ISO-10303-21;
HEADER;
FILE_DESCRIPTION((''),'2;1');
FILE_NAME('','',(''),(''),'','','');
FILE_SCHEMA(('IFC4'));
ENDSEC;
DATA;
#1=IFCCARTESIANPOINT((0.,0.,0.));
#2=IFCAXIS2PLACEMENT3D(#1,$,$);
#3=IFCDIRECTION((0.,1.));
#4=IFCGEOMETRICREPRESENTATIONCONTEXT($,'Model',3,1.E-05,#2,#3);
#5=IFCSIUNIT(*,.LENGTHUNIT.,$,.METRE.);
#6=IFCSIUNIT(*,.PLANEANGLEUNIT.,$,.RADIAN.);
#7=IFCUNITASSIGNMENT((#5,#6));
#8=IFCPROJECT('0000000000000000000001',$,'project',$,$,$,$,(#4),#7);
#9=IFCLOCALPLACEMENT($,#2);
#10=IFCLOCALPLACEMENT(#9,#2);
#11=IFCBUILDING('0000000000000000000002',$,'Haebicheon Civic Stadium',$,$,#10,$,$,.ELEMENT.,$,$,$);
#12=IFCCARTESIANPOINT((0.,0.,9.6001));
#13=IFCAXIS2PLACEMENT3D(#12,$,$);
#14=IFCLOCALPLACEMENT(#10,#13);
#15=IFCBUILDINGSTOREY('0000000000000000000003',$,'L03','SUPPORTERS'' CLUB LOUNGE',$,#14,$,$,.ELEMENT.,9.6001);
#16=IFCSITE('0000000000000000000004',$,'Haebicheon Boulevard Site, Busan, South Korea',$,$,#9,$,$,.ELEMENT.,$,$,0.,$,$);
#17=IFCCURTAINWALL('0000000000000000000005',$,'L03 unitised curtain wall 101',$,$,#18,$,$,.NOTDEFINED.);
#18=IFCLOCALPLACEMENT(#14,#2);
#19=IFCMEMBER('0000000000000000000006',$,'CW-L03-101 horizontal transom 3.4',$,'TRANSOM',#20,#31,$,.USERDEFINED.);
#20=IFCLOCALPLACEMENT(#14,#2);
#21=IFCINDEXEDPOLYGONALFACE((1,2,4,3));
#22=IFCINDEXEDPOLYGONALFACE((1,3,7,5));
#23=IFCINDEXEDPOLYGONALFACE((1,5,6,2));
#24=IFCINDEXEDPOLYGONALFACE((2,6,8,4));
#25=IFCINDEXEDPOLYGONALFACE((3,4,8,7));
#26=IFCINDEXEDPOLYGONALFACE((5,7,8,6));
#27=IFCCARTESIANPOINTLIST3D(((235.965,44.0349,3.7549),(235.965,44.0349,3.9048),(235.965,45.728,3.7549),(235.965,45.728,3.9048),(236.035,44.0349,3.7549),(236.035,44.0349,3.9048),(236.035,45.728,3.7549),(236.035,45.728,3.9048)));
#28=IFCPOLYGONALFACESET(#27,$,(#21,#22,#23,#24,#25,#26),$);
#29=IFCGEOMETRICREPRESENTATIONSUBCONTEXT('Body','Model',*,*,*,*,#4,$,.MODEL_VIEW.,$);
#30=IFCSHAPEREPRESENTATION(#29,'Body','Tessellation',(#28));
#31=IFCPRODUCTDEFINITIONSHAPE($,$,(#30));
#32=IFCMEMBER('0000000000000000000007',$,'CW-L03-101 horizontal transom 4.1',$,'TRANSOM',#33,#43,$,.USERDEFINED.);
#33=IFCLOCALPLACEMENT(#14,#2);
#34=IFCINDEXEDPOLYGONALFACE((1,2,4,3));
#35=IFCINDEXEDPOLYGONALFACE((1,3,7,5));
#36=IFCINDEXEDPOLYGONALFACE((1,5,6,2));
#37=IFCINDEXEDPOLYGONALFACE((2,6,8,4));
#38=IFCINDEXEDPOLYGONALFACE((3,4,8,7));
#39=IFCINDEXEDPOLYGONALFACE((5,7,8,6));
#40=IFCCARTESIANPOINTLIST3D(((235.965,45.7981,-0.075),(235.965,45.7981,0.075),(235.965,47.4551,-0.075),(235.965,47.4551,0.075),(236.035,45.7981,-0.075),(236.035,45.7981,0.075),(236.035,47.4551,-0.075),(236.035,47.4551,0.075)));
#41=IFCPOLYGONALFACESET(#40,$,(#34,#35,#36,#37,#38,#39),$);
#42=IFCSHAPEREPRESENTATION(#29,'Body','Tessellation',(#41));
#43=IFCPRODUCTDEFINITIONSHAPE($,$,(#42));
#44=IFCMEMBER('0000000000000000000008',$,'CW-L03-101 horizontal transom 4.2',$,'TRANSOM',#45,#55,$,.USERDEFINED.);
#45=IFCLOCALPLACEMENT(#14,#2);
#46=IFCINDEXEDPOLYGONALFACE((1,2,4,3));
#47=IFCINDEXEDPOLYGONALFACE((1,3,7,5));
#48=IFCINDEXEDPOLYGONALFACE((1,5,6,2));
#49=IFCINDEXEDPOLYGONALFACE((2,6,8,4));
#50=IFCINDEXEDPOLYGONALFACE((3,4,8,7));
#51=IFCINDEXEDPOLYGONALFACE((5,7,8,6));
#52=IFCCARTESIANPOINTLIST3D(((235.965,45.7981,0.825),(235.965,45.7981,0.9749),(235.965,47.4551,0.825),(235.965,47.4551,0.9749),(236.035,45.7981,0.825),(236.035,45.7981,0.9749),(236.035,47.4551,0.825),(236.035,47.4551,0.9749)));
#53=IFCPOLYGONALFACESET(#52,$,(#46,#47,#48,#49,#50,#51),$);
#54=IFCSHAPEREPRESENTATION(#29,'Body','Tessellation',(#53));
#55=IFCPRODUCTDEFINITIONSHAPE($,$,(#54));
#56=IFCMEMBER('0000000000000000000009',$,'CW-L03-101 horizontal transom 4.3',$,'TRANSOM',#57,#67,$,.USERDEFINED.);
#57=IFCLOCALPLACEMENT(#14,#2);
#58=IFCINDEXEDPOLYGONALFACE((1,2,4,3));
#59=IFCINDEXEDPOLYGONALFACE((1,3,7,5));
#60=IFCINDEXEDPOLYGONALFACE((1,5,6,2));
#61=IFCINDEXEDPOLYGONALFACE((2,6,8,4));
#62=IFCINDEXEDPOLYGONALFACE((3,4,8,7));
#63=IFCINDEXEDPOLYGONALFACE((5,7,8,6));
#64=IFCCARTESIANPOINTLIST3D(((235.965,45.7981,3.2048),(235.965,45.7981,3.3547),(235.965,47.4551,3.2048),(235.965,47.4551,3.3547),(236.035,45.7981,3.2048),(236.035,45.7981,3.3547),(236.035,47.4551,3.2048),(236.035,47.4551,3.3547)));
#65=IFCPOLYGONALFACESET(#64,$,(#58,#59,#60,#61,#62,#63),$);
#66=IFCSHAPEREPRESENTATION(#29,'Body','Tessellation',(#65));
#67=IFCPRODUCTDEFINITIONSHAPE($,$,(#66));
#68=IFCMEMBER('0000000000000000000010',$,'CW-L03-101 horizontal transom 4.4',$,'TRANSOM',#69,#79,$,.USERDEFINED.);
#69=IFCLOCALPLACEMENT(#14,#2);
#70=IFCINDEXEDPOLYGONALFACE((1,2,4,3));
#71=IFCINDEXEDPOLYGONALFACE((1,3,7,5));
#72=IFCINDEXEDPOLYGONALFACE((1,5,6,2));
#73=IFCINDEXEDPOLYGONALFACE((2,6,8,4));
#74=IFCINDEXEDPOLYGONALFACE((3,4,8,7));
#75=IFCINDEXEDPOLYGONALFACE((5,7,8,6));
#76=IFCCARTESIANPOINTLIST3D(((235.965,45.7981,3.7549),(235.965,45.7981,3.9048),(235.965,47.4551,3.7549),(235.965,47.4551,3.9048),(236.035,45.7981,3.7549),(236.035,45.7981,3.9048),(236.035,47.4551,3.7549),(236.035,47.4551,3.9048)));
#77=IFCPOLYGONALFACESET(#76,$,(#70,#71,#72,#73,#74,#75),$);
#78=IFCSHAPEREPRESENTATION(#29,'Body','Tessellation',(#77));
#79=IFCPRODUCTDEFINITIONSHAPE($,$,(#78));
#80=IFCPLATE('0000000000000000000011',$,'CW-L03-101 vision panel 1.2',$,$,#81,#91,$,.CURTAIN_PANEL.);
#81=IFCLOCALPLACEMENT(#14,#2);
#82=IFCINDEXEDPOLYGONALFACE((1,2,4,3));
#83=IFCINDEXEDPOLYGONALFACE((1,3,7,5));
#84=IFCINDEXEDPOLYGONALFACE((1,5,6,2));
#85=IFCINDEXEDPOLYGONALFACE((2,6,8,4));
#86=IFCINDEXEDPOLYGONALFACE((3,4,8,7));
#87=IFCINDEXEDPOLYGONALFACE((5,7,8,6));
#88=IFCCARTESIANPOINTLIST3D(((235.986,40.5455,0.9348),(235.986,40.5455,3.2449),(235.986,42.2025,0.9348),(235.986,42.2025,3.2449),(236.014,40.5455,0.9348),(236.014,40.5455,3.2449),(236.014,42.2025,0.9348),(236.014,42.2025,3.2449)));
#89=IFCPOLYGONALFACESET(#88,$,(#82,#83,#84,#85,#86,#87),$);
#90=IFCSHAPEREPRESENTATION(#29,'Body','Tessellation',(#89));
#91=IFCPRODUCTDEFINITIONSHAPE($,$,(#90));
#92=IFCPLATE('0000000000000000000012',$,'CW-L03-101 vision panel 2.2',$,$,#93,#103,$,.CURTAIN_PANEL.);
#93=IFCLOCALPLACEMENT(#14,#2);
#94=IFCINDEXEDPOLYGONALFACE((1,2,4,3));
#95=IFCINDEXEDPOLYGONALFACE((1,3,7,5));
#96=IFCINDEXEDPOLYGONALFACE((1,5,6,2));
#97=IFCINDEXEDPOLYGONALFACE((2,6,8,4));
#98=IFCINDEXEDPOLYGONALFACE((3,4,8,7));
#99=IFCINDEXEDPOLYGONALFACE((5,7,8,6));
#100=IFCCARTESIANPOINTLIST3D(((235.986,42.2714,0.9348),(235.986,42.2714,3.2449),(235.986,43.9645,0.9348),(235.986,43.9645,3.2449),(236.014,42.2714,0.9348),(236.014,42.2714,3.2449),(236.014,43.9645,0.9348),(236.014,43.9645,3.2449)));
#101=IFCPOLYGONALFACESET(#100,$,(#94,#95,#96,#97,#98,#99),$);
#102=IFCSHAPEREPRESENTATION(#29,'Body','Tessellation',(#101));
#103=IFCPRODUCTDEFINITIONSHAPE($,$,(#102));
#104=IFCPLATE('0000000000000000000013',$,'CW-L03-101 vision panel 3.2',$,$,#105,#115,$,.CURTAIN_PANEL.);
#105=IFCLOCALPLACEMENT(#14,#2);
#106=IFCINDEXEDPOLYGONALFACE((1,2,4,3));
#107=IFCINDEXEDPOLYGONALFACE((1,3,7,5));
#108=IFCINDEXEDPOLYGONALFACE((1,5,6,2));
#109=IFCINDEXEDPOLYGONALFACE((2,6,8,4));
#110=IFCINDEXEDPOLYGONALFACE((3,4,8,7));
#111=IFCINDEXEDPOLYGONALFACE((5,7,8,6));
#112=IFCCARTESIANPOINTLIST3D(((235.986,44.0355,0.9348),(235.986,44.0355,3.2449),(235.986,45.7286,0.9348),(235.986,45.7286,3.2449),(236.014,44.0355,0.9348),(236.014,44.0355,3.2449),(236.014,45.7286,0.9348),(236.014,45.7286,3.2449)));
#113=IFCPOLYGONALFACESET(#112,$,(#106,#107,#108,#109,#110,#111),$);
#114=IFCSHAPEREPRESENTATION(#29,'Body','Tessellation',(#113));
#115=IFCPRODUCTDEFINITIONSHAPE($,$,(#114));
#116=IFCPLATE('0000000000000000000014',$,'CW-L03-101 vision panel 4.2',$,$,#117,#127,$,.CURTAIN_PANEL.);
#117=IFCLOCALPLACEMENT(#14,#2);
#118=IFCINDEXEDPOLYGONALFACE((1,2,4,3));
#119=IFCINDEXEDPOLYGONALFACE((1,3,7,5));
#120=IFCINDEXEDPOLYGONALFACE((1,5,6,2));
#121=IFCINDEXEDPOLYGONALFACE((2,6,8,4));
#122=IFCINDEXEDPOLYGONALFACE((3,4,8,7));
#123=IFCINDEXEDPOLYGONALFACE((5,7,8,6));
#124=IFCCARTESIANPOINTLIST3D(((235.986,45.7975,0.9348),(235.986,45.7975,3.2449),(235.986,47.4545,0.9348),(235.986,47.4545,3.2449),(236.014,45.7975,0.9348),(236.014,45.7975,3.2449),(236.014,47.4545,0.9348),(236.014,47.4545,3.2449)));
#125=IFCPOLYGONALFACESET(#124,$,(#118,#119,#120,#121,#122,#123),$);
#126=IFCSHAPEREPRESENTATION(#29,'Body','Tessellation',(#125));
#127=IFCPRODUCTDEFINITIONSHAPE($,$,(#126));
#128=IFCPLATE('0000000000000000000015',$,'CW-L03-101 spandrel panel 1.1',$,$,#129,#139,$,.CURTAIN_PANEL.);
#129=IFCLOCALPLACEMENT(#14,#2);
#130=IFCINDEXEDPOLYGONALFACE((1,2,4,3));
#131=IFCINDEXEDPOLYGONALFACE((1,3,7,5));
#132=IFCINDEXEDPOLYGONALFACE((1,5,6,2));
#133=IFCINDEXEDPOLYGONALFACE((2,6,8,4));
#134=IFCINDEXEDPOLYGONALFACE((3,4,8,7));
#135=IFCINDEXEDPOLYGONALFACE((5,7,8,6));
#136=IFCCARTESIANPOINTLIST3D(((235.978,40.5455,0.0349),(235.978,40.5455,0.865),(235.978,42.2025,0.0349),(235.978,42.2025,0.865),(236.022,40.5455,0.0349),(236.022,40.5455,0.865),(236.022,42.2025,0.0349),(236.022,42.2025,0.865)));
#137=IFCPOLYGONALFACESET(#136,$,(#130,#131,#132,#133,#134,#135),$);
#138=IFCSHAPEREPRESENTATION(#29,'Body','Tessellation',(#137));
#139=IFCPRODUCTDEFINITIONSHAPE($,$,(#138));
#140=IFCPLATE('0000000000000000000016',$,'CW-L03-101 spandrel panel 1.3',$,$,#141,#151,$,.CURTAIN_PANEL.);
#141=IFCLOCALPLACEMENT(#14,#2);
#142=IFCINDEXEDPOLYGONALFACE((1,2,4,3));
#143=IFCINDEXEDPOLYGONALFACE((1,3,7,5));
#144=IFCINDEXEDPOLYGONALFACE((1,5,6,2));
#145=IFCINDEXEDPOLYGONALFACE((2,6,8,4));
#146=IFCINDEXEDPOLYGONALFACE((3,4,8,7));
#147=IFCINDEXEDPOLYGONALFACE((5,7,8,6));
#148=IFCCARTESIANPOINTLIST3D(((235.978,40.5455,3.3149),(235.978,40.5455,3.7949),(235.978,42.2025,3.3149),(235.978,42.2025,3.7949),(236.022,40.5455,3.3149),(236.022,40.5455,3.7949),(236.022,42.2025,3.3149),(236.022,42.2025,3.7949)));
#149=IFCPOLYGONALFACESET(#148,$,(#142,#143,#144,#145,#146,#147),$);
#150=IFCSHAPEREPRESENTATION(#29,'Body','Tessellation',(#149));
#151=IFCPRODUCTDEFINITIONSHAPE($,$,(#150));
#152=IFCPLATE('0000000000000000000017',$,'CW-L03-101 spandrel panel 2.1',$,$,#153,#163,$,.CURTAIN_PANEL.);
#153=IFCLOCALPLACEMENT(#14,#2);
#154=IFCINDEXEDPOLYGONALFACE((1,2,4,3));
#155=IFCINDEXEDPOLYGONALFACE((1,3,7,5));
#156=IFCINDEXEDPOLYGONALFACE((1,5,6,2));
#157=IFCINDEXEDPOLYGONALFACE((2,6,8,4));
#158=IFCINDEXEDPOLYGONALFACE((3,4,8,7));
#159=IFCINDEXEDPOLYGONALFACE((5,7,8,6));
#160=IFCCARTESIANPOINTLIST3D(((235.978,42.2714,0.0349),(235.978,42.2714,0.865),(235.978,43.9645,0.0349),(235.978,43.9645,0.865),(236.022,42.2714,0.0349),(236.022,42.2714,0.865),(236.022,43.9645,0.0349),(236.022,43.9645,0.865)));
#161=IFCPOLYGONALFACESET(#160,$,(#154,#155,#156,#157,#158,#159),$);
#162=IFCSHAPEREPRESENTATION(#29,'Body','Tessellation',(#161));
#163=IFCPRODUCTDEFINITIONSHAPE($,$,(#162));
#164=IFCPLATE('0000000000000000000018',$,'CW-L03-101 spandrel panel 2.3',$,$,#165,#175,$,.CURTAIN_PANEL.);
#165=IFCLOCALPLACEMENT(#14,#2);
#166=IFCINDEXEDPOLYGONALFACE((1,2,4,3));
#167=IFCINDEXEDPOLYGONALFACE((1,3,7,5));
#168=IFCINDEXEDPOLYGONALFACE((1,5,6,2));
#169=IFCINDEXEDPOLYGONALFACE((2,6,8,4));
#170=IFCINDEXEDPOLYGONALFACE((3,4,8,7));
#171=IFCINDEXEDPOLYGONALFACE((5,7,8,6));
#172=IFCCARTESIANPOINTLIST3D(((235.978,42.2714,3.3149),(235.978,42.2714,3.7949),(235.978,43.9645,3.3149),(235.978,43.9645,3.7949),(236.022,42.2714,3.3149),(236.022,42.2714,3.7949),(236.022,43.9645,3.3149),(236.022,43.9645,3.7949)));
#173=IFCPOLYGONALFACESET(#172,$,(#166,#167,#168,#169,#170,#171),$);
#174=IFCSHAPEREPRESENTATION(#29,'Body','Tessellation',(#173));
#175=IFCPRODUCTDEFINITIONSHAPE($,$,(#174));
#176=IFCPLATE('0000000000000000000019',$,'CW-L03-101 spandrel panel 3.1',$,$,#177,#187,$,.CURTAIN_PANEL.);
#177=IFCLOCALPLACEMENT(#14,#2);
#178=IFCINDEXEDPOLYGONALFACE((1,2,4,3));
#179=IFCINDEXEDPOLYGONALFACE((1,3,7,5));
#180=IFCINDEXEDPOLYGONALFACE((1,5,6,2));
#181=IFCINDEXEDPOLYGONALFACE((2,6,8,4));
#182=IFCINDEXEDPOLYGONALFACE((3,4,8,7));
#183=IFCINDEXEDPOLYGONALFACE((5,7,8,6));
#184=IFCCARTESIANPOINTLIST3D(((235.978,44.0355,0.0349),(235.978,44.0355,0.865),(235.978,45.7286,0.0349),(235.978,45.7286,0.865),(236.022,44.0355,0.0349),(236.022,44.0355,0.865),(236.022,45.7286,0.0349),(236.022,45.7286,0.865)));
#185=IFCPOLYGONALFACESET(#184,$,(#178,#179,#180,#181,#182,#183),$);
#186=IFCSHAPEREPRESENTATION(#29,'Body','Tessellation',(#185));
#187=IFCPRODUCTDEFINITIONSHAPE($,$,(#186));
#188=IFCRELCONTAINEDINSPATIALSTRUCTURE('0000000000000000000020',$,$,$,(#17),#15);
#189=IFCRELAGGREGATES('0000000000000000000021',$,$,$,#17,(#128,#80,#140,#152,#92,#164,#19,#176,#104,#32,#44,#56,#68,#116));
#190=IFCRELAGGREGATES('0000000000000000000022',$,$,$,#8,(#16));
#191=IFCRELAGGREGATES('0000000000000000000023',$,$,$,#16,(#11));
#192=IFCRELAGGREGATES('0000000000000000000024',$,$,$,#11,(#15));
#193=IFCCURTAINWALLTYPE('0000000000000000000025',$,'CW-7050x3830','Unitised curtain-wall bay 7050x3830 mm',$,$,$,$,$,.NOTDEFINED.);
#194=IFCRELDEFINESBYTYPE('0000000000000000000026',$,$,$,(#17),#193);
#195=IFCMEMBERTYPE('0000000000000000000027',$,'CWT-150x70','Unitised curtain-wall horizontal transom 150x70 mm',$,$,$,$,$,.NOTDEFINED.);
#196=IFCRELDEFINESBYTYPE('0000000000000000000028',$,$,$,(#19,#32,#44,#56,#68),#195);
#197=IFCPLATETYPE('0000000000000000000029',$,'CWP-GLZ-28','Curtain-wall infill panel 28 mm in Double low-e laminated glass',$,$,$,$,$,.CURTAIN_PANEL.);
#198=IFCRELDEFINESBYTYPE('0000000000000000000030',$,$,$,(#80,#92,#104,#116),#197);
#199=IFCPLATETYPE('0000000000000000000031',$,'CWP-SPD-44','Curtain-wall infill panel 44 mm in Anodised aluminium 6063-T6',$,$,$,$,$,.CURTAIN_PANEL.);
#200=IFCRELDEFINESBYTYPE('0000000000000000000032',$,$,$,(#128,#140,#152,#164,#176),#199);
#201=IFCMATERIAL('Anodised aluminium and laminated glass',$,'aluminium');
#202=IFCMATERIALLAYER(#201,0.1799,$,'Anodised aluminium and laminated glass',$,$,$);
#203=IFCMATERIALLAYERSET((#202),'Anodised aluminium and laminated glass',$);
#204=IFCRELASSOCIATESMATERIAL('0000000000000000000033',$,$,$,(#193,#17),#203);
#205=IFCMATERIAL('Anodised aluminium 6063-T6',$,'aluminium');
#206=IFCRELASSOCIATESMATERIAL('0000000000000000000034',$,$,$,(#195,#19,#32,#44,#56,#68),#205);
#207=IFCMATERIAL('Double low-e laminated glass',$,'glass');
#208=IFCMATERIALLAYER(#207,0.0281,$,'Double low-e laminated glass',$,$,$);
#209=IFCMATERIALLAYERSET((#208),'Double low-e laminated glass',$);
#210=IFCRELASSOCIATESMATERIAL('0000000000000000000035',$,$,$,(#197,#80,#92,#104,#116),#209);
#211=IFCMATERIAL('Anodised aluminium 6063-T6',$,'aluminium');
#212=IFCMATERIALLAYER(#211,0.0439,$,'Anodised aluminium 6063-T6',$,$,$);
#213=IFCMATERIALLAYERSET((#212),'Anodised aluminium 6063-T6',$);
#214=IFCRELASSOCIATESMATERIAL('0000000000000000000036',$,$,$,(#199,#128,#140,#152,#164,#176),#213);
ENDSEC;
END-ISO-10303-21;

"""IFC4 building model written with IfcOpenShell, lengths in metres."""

from ifc_helpers import new_model, si_unit, direction, frame, origin, origin_2d, place, context, subcontext, project, spatial, rectangle, extrude, material, layer, layer_set, material_profile, profile_set, type_object, element, aggregate, save


model = new_model("IFC4")

# Units and contexts
model_context = context("Model", 3, precision=1e-05, world=origin(), true_north=direction((0.0, 1.0)))
body_context = subcontext(model_context, "Body", "Model", "MODEL_VIEW")
ifc_project = project(units=[si_unit("LENGTHUNIT", "METRE"), si_unit("PLANEANGLEUNIT", "RADIAN")], contexts=[model_context])

# Site, building, storey
site_placement = place(None, origin())
site = spatial("IfcSite", under=ifc_project, at=site_placement, Name="Haebicheon Boulevard Site, Busan, South Korea", CompositionType="ELEMENT", RefElevation=0.0)
building_placement = place(site_placement, origin())
building = spatial("IfcBuilding", under=site, at=building_placement, Name="Haebicheon Civic Stadium", CompositionType="ELEMENT")
storey_placement = place(building_placement, frame((0.0, 0.0, 9.6001)))
storey = spatial("IfcBuildingStorey", under=building, at=storey_placement, Name="L03", Description="SUPPORTERS' CLUB LOUNGE", CompositionType="ELEMENT", Elevation=9.6001)

# Curtain wall, members, plates
ifc_material_1 = material(Name="Anodised aluminium and laminated glass", Category="aluminium")
ifc_layer_1 = layer(ifc_material_1, 0.1799, Name="Anodised aluminium and laminated glass")
ifc_layer_set_1 = layer_set([ifc_layer_1], Name="Anodised aluminium and laminated glass")
curtain_wall_type = type_object("IfcCurtainWallType", Name="CW-7050x3830", Description="Unitised curtain-wall bay 7050x3830 mm", PredefinedType="NOTDEFINED", material=ifc_layer_set_1)
curtain_wall_placement = place(storey_placement, origin())
curtain_wall = element("IfcCurtainWall", 1, at=curtain_wall_placement, inside=storey, type_object=curtain_wall_type, material=ifc_layer_set_1, Name="L03 unitised curtain wall 101", PredefinedType="NOTDEFINED")
ifc_material_2 = material(Name="Anodised aluminium 6063-T6", Category="aluminium")
ifc_material_profile_1 = material_profile(ifc_material_2, rectangle(XDim=0.0701, YDim=0.1499, at=origin_2d()), Name="ALU-TRAN-70x150")
ifc_profile_set_1 = profile_set([ifc_material_profile_1], Name="Anodised aluminium 6063-T6")
member_type_1 = type_object("IfcMemberType", Name="CWT-150x70", Description="Unitised curtain-wall horizontal transom 150x70 mm", PredefinedType="NOTDEFINED", material=ifc_profile_set_1)
member_1_placement = place(storey_placement, frame((236.0, 44.0349, 3.8298), z_axis=(0.0, 1.0, 0.0), x_axis=(-1.0, 0.0, 0.0)))
member_1 = element("IfcMember", 2, at=member_1_placement, type_object=member_type_1, material=ifc_profile_set_1, Name="CW-L03-101 horizontal transom 3.4", ObjectType="TRANSOM", PredefinedType="USERDEFINED", context=body_context, shape_type="SweptSolid", body=[
    extrude(rectangle(XDim=0.0701, YDim=0.1499, at=origin_2d()), origin(), (0.0, 0.0, 1.0), 1.6931),
])
member_2_placement = place(storey_placement, frame((236.0, 45.7981, 0.0), z_axis=(0.0, 1.0, 0.0), x_axis=(-1.0, 0.0, 0.0)))
member_2 = element("IfcMember", 3, at=member_2_placement, type_object=member_type_1, material=ifc_profile_set_1, Name="CW-L03-101 horizontal transom 4.1", ObjectType="TRANSOM", PredefinedType="USERDEFINED", context=body_context, shape_type="SweptSolid", body=[
    extrude(rectangle(XDim=0.0701, YDim=0.1499, at=origin_2d()), origin(), (0.0, 0.0, 1.0), 1.657),
])
member_3_placement = place(storey_placement, frame((236.0, 45.7981, 0.8999), z_axis=(0.0, 1.0, 0.0), x_axis=(-1.0, 0.0, 0.0)))
member_3 = element("IfcMember", 4, at=member_3_placement, type_object=member_type_1, material=ifc_profile_set_1, Name="CW-L03-101 horizontal transom 4.2", ObjectType="TRANSOM", PredefinedType="USERDEFINED", context=body_context, shape_type="SweptSolid", body=[
    extrude(rectangle(XDim=0.0701, YDim=0.1499, at=origin_2d()), origin(), (0.0, 0.0, 1.0), 1.657),
])
member_4_placement = place(storey_placement, frame((236.0, 45.7981, 3.2798), z_axis=(0.0, 1.0, 0.0), x_axis=(-1.0, 0.0, 0.0)))
member_4 = element("IfcMember", 5, at=member_4_placement, type_object=member_type_1, material=ifc_profile_set_1, Name="CW-L03-101 horizontal transom 4.3", ObjectType="TRANSOM", PredefinedType="USERDEFINED", context=body_context, shape_type="SweptSolid", body=[
    extrude(rectangle(XDim=0.0701, YDim=0.1499, at=origin_2d()), origin(), (0.0, 0.0, 1.0), 1.657),
])
member_5_placement = place(storey_placement, frame((236.0, 45.7981, 3.8298), z_axis=(0.0, 1.0, 0.0), x_axis=(-1.0, 0.0, 0.0)))
member_5 = element("IfcMember", 6, at=member_5_placement, type_object=member_type_1, material=ifc_profile_set_1, Name="CW-L03-101 horizontal transom 4.4", ObjectType="TRANSOM", PredefinedType="USERDEFINED", context=body_context, shape_type="SweptSolid", body=[
    extrude(rectangle(XDim=0.0701, YDim=0.1499, at=origin_2d()), origin(), (0.0, 0.0, 1.0), 1.657),
])
ifc_material_3 = material(Name="Double low-e laminated glass", Category="glass")
ifc_layer_2 = layer(ifc_material_3, 0.0281, Name="Double low-e laminated glass")
ifc_layer_set_2 = layer_set([ifc_layer_2], Name="Double low-e laminated glass")
plate_type_1 = type_object("IfcPlateType", Name="CWP-GLZ-28", Description="Curtain-wall infill panel 28 mm in Double low-e laminated glass", PredefinedType="CURTAIN_PANEL", material=ifc_layer_set_2)
plate_1_placement = place(storey_placement, frame((236.0, 41.374, 0.9348), z_axis=(0.0, 0.0, 1.0), x_axis=(0.0, 1.0, 0.0)))
plate_1 = element("IfcPlate", 7, at=plate_1_placement, type_object=plate_type_1, material=ifc_layer_set_2, Name="CW-L03-101 vision panel 1.2", PredefinedType="CURTAIN_PANEL", context=body_context, shape_type="SweptSolid", body=[
    extrude(rectangle(XDim=1.657, YDim=0.0281, at=origin_2d()), origin(), (0.0, 0.0, 1.0), 2.3101),
])
plate_2_placement = place(storey_placement, frame((236.0, 43.1179, 0.9348), z_axis=(0.0, 0.0, 1.0), x_axis=(0.0, 1.0, 0.0)))
plate_2 = element("IfcPlate", 8, at=plate_2_placement, type_object=plate_type_1, material=ifc_layer_set_2, Name="CW-L03-101 vision panel 2.2", PredefinedType="CURTAIN_PANEL", context=body_context, shape_type="SweptSolid", body=[
    extrude(rectangle(XDim=1.6931, YDim=0.0281, at=origin_2d()), origin(), (0.0, 0.0, 1.0), 2.3101),
])
plate_3_placement = place(storey_placement, frame((236.0, 44.8821, 0.9348), z_axis=(0.0, 0.0, 1.0), x_axis=(0.0, 1.0, 0.0)))
plate_3 = element("IfcPlate", 9, at=plate_3_placement, type_object=plate_type_1, material=ifc_layer_set_2, Name="CW-L03-101 vision panel 3.2", PredefinedType="CURTAIN_PANEL", context=body_context, shape_type="SweptSolid", body=[
    extrude(rectangle(XDim=1.6931, YDim=0.0281, at=origin_2d()), origin(), (0.0, 0.0, 1.0), 2.3101),
])
plate_4_placement = place(storey_placement, frame((236.0, 46.626, 0.9348), z_axis=(0.0, 0.0, 1.0), x_axis=(0.0, 1.0, 0.0)))
plate_4 = element("IfcPlate", 10, at=plate_4_placement, type_object=plate_type_1, material=ifc_layer_set_2, Name="CW-L03-101 vision panel 4.2", PredefinedType="CURTAIN_PANEL", context=body_context, shape_type="SweptSolid", body=[
    extrude(rectangle(XDim=1.657, YDim=0.0281, at=origin_2d()), origin(), (0.0, 0.0, 1.0), 2.3101),
])
ifc_material_4 = material(Name="Anodised aluminium 6063-T6", Category="aluminium")
ifc_layer_3 = layer(ifc_material_4, 0.0439, Name="Anodised aluminium 6063-T6")
ifc_layer_set_3 = layer_set([ifc_layer_3], Name="Anodised aluminium 6063-T6")
plate_type_2 = type_object("IfcPlateType", Name="CWP-SPD-44", Description="Curtain-wall infill panel 44 mm in Anodised aluminium 6063-T6", PredefinedType="CURTAIN_PANEL", material=ifc_layer_set_3)
plate_5_placement = place(storey_placement, frame((236.0, 41.374, 0.0349), z_axis=(0.0, 0.0, 1.0), x_axis=(0.0, 1.0, 0.0)))
plate_5 = element("IfcPlate", 11, at=plate_5_placement, type_object=plate_type_2, material=ifc_layer_set_3, Name="CW-L03-101 spandrel panel 1.1", PredefinedType="CURTAIN_PANEL", context=body_context, shape_type="SweptSolid", body=[
    extrude(rectangle(XDim=1.657, YDim=0.0439, at=origin_2d()), origin(), (0.0, 0.0, 1.0), 0.8301),
])
plate_6_placement = place(storey_placement, frame((236.0, 41.374, 3.3149), z_axis=(0.0, 0.0, 1.0), x_axis=(0.0, 1.0, 0.0)))
plate_6 = element("IfcPlate", 12, at=plate_6_placement, type_object=plate_type_2, material=ifc_layer_set_3, Name="CW-L03-101 spandrel panel 1.3", PredefinedType="CURTAIN_PANEL", context=body_context, shape_type="SweptSolid", body=[
    extrude(rectangle(XDim=1.657, YDim=0.0439, at=origin_2d()), origin(), (0.0, 0.0, 1.0), 0.48),
])
plate_7_placement = place(storey_placement, frame((236.0, 43.1179, 0.0349), z_axis=(0.0, 0.0, 1.0), x_axis=(0.0, 1.0, 0.0)))
plate_7 = element("IfcPlate", 13, at=plate_7_placement, type_object=plate_type_2, material=ifc_layer_set_3, Name="CW-L03-101 spandrel panel 2.1", PredefinedType="CURTAIN_PANEL", context=body_context, shape_type="SweptSolid", body=[
    extrude(rectangle(XDim=1.6931, YDim=0.0439, at=origin_2d()), origin(), (0.0, 0.0, 1.0), 0.8301),
])
plate_8_placement = place(storey_placement, frame((236.0, 43.1179, 3.3149), z_axis=(0.0, 0.0, 1.0), x_axis=(0.0, 1.0, 0.0)))
plate_8 = element("IfcPlate", 14, at=plate_8_placement, type_object=plate_type_2, material=ifc_layer_set_3, Name="CW-L03-101 spandrel panel 2.3", PredefinedType="CURTAIN_PANEL", context=body_context, shape_type="SweptSolid", body=[
    extrude(rectangle(XDim=1.6931, YDim=0.0439, at=origin_2d()), origin(), (0.0, 0.0, 1.0), 0.48),
])
plate_9_placement = place(storey_placement, frame((236.0, 44.8821, 0.0349), z_axis=(0.0, 0.0, 1.0), x_axis=(0.0, 1.0, 0.0)))
plate_9 = element("IfcPlate", 15, at=plate_9_placement, type_object=plate_type_2, material=ifc_layer_set_3, Name="CW-L03-101 spandrel panel 3.1", PredefinedType="CURTAIN_PANEL", context=body_context, shape_type="SweptSolid", body=[
    extrude(rectangle(XDim=1.6931, YDim=0.0439, at=origin_2d()), origin(), (0.0, 0.0, 1.0), 0.8301),
])
aggregate(curtain_wall, [plate_5, plate_1, plate_6, plate_7, plate_2, plate_8, member_1, plate_9, plate_3, member_2, member_3, member_4, member_5, plate_4])

save(model, "model.ifc")
